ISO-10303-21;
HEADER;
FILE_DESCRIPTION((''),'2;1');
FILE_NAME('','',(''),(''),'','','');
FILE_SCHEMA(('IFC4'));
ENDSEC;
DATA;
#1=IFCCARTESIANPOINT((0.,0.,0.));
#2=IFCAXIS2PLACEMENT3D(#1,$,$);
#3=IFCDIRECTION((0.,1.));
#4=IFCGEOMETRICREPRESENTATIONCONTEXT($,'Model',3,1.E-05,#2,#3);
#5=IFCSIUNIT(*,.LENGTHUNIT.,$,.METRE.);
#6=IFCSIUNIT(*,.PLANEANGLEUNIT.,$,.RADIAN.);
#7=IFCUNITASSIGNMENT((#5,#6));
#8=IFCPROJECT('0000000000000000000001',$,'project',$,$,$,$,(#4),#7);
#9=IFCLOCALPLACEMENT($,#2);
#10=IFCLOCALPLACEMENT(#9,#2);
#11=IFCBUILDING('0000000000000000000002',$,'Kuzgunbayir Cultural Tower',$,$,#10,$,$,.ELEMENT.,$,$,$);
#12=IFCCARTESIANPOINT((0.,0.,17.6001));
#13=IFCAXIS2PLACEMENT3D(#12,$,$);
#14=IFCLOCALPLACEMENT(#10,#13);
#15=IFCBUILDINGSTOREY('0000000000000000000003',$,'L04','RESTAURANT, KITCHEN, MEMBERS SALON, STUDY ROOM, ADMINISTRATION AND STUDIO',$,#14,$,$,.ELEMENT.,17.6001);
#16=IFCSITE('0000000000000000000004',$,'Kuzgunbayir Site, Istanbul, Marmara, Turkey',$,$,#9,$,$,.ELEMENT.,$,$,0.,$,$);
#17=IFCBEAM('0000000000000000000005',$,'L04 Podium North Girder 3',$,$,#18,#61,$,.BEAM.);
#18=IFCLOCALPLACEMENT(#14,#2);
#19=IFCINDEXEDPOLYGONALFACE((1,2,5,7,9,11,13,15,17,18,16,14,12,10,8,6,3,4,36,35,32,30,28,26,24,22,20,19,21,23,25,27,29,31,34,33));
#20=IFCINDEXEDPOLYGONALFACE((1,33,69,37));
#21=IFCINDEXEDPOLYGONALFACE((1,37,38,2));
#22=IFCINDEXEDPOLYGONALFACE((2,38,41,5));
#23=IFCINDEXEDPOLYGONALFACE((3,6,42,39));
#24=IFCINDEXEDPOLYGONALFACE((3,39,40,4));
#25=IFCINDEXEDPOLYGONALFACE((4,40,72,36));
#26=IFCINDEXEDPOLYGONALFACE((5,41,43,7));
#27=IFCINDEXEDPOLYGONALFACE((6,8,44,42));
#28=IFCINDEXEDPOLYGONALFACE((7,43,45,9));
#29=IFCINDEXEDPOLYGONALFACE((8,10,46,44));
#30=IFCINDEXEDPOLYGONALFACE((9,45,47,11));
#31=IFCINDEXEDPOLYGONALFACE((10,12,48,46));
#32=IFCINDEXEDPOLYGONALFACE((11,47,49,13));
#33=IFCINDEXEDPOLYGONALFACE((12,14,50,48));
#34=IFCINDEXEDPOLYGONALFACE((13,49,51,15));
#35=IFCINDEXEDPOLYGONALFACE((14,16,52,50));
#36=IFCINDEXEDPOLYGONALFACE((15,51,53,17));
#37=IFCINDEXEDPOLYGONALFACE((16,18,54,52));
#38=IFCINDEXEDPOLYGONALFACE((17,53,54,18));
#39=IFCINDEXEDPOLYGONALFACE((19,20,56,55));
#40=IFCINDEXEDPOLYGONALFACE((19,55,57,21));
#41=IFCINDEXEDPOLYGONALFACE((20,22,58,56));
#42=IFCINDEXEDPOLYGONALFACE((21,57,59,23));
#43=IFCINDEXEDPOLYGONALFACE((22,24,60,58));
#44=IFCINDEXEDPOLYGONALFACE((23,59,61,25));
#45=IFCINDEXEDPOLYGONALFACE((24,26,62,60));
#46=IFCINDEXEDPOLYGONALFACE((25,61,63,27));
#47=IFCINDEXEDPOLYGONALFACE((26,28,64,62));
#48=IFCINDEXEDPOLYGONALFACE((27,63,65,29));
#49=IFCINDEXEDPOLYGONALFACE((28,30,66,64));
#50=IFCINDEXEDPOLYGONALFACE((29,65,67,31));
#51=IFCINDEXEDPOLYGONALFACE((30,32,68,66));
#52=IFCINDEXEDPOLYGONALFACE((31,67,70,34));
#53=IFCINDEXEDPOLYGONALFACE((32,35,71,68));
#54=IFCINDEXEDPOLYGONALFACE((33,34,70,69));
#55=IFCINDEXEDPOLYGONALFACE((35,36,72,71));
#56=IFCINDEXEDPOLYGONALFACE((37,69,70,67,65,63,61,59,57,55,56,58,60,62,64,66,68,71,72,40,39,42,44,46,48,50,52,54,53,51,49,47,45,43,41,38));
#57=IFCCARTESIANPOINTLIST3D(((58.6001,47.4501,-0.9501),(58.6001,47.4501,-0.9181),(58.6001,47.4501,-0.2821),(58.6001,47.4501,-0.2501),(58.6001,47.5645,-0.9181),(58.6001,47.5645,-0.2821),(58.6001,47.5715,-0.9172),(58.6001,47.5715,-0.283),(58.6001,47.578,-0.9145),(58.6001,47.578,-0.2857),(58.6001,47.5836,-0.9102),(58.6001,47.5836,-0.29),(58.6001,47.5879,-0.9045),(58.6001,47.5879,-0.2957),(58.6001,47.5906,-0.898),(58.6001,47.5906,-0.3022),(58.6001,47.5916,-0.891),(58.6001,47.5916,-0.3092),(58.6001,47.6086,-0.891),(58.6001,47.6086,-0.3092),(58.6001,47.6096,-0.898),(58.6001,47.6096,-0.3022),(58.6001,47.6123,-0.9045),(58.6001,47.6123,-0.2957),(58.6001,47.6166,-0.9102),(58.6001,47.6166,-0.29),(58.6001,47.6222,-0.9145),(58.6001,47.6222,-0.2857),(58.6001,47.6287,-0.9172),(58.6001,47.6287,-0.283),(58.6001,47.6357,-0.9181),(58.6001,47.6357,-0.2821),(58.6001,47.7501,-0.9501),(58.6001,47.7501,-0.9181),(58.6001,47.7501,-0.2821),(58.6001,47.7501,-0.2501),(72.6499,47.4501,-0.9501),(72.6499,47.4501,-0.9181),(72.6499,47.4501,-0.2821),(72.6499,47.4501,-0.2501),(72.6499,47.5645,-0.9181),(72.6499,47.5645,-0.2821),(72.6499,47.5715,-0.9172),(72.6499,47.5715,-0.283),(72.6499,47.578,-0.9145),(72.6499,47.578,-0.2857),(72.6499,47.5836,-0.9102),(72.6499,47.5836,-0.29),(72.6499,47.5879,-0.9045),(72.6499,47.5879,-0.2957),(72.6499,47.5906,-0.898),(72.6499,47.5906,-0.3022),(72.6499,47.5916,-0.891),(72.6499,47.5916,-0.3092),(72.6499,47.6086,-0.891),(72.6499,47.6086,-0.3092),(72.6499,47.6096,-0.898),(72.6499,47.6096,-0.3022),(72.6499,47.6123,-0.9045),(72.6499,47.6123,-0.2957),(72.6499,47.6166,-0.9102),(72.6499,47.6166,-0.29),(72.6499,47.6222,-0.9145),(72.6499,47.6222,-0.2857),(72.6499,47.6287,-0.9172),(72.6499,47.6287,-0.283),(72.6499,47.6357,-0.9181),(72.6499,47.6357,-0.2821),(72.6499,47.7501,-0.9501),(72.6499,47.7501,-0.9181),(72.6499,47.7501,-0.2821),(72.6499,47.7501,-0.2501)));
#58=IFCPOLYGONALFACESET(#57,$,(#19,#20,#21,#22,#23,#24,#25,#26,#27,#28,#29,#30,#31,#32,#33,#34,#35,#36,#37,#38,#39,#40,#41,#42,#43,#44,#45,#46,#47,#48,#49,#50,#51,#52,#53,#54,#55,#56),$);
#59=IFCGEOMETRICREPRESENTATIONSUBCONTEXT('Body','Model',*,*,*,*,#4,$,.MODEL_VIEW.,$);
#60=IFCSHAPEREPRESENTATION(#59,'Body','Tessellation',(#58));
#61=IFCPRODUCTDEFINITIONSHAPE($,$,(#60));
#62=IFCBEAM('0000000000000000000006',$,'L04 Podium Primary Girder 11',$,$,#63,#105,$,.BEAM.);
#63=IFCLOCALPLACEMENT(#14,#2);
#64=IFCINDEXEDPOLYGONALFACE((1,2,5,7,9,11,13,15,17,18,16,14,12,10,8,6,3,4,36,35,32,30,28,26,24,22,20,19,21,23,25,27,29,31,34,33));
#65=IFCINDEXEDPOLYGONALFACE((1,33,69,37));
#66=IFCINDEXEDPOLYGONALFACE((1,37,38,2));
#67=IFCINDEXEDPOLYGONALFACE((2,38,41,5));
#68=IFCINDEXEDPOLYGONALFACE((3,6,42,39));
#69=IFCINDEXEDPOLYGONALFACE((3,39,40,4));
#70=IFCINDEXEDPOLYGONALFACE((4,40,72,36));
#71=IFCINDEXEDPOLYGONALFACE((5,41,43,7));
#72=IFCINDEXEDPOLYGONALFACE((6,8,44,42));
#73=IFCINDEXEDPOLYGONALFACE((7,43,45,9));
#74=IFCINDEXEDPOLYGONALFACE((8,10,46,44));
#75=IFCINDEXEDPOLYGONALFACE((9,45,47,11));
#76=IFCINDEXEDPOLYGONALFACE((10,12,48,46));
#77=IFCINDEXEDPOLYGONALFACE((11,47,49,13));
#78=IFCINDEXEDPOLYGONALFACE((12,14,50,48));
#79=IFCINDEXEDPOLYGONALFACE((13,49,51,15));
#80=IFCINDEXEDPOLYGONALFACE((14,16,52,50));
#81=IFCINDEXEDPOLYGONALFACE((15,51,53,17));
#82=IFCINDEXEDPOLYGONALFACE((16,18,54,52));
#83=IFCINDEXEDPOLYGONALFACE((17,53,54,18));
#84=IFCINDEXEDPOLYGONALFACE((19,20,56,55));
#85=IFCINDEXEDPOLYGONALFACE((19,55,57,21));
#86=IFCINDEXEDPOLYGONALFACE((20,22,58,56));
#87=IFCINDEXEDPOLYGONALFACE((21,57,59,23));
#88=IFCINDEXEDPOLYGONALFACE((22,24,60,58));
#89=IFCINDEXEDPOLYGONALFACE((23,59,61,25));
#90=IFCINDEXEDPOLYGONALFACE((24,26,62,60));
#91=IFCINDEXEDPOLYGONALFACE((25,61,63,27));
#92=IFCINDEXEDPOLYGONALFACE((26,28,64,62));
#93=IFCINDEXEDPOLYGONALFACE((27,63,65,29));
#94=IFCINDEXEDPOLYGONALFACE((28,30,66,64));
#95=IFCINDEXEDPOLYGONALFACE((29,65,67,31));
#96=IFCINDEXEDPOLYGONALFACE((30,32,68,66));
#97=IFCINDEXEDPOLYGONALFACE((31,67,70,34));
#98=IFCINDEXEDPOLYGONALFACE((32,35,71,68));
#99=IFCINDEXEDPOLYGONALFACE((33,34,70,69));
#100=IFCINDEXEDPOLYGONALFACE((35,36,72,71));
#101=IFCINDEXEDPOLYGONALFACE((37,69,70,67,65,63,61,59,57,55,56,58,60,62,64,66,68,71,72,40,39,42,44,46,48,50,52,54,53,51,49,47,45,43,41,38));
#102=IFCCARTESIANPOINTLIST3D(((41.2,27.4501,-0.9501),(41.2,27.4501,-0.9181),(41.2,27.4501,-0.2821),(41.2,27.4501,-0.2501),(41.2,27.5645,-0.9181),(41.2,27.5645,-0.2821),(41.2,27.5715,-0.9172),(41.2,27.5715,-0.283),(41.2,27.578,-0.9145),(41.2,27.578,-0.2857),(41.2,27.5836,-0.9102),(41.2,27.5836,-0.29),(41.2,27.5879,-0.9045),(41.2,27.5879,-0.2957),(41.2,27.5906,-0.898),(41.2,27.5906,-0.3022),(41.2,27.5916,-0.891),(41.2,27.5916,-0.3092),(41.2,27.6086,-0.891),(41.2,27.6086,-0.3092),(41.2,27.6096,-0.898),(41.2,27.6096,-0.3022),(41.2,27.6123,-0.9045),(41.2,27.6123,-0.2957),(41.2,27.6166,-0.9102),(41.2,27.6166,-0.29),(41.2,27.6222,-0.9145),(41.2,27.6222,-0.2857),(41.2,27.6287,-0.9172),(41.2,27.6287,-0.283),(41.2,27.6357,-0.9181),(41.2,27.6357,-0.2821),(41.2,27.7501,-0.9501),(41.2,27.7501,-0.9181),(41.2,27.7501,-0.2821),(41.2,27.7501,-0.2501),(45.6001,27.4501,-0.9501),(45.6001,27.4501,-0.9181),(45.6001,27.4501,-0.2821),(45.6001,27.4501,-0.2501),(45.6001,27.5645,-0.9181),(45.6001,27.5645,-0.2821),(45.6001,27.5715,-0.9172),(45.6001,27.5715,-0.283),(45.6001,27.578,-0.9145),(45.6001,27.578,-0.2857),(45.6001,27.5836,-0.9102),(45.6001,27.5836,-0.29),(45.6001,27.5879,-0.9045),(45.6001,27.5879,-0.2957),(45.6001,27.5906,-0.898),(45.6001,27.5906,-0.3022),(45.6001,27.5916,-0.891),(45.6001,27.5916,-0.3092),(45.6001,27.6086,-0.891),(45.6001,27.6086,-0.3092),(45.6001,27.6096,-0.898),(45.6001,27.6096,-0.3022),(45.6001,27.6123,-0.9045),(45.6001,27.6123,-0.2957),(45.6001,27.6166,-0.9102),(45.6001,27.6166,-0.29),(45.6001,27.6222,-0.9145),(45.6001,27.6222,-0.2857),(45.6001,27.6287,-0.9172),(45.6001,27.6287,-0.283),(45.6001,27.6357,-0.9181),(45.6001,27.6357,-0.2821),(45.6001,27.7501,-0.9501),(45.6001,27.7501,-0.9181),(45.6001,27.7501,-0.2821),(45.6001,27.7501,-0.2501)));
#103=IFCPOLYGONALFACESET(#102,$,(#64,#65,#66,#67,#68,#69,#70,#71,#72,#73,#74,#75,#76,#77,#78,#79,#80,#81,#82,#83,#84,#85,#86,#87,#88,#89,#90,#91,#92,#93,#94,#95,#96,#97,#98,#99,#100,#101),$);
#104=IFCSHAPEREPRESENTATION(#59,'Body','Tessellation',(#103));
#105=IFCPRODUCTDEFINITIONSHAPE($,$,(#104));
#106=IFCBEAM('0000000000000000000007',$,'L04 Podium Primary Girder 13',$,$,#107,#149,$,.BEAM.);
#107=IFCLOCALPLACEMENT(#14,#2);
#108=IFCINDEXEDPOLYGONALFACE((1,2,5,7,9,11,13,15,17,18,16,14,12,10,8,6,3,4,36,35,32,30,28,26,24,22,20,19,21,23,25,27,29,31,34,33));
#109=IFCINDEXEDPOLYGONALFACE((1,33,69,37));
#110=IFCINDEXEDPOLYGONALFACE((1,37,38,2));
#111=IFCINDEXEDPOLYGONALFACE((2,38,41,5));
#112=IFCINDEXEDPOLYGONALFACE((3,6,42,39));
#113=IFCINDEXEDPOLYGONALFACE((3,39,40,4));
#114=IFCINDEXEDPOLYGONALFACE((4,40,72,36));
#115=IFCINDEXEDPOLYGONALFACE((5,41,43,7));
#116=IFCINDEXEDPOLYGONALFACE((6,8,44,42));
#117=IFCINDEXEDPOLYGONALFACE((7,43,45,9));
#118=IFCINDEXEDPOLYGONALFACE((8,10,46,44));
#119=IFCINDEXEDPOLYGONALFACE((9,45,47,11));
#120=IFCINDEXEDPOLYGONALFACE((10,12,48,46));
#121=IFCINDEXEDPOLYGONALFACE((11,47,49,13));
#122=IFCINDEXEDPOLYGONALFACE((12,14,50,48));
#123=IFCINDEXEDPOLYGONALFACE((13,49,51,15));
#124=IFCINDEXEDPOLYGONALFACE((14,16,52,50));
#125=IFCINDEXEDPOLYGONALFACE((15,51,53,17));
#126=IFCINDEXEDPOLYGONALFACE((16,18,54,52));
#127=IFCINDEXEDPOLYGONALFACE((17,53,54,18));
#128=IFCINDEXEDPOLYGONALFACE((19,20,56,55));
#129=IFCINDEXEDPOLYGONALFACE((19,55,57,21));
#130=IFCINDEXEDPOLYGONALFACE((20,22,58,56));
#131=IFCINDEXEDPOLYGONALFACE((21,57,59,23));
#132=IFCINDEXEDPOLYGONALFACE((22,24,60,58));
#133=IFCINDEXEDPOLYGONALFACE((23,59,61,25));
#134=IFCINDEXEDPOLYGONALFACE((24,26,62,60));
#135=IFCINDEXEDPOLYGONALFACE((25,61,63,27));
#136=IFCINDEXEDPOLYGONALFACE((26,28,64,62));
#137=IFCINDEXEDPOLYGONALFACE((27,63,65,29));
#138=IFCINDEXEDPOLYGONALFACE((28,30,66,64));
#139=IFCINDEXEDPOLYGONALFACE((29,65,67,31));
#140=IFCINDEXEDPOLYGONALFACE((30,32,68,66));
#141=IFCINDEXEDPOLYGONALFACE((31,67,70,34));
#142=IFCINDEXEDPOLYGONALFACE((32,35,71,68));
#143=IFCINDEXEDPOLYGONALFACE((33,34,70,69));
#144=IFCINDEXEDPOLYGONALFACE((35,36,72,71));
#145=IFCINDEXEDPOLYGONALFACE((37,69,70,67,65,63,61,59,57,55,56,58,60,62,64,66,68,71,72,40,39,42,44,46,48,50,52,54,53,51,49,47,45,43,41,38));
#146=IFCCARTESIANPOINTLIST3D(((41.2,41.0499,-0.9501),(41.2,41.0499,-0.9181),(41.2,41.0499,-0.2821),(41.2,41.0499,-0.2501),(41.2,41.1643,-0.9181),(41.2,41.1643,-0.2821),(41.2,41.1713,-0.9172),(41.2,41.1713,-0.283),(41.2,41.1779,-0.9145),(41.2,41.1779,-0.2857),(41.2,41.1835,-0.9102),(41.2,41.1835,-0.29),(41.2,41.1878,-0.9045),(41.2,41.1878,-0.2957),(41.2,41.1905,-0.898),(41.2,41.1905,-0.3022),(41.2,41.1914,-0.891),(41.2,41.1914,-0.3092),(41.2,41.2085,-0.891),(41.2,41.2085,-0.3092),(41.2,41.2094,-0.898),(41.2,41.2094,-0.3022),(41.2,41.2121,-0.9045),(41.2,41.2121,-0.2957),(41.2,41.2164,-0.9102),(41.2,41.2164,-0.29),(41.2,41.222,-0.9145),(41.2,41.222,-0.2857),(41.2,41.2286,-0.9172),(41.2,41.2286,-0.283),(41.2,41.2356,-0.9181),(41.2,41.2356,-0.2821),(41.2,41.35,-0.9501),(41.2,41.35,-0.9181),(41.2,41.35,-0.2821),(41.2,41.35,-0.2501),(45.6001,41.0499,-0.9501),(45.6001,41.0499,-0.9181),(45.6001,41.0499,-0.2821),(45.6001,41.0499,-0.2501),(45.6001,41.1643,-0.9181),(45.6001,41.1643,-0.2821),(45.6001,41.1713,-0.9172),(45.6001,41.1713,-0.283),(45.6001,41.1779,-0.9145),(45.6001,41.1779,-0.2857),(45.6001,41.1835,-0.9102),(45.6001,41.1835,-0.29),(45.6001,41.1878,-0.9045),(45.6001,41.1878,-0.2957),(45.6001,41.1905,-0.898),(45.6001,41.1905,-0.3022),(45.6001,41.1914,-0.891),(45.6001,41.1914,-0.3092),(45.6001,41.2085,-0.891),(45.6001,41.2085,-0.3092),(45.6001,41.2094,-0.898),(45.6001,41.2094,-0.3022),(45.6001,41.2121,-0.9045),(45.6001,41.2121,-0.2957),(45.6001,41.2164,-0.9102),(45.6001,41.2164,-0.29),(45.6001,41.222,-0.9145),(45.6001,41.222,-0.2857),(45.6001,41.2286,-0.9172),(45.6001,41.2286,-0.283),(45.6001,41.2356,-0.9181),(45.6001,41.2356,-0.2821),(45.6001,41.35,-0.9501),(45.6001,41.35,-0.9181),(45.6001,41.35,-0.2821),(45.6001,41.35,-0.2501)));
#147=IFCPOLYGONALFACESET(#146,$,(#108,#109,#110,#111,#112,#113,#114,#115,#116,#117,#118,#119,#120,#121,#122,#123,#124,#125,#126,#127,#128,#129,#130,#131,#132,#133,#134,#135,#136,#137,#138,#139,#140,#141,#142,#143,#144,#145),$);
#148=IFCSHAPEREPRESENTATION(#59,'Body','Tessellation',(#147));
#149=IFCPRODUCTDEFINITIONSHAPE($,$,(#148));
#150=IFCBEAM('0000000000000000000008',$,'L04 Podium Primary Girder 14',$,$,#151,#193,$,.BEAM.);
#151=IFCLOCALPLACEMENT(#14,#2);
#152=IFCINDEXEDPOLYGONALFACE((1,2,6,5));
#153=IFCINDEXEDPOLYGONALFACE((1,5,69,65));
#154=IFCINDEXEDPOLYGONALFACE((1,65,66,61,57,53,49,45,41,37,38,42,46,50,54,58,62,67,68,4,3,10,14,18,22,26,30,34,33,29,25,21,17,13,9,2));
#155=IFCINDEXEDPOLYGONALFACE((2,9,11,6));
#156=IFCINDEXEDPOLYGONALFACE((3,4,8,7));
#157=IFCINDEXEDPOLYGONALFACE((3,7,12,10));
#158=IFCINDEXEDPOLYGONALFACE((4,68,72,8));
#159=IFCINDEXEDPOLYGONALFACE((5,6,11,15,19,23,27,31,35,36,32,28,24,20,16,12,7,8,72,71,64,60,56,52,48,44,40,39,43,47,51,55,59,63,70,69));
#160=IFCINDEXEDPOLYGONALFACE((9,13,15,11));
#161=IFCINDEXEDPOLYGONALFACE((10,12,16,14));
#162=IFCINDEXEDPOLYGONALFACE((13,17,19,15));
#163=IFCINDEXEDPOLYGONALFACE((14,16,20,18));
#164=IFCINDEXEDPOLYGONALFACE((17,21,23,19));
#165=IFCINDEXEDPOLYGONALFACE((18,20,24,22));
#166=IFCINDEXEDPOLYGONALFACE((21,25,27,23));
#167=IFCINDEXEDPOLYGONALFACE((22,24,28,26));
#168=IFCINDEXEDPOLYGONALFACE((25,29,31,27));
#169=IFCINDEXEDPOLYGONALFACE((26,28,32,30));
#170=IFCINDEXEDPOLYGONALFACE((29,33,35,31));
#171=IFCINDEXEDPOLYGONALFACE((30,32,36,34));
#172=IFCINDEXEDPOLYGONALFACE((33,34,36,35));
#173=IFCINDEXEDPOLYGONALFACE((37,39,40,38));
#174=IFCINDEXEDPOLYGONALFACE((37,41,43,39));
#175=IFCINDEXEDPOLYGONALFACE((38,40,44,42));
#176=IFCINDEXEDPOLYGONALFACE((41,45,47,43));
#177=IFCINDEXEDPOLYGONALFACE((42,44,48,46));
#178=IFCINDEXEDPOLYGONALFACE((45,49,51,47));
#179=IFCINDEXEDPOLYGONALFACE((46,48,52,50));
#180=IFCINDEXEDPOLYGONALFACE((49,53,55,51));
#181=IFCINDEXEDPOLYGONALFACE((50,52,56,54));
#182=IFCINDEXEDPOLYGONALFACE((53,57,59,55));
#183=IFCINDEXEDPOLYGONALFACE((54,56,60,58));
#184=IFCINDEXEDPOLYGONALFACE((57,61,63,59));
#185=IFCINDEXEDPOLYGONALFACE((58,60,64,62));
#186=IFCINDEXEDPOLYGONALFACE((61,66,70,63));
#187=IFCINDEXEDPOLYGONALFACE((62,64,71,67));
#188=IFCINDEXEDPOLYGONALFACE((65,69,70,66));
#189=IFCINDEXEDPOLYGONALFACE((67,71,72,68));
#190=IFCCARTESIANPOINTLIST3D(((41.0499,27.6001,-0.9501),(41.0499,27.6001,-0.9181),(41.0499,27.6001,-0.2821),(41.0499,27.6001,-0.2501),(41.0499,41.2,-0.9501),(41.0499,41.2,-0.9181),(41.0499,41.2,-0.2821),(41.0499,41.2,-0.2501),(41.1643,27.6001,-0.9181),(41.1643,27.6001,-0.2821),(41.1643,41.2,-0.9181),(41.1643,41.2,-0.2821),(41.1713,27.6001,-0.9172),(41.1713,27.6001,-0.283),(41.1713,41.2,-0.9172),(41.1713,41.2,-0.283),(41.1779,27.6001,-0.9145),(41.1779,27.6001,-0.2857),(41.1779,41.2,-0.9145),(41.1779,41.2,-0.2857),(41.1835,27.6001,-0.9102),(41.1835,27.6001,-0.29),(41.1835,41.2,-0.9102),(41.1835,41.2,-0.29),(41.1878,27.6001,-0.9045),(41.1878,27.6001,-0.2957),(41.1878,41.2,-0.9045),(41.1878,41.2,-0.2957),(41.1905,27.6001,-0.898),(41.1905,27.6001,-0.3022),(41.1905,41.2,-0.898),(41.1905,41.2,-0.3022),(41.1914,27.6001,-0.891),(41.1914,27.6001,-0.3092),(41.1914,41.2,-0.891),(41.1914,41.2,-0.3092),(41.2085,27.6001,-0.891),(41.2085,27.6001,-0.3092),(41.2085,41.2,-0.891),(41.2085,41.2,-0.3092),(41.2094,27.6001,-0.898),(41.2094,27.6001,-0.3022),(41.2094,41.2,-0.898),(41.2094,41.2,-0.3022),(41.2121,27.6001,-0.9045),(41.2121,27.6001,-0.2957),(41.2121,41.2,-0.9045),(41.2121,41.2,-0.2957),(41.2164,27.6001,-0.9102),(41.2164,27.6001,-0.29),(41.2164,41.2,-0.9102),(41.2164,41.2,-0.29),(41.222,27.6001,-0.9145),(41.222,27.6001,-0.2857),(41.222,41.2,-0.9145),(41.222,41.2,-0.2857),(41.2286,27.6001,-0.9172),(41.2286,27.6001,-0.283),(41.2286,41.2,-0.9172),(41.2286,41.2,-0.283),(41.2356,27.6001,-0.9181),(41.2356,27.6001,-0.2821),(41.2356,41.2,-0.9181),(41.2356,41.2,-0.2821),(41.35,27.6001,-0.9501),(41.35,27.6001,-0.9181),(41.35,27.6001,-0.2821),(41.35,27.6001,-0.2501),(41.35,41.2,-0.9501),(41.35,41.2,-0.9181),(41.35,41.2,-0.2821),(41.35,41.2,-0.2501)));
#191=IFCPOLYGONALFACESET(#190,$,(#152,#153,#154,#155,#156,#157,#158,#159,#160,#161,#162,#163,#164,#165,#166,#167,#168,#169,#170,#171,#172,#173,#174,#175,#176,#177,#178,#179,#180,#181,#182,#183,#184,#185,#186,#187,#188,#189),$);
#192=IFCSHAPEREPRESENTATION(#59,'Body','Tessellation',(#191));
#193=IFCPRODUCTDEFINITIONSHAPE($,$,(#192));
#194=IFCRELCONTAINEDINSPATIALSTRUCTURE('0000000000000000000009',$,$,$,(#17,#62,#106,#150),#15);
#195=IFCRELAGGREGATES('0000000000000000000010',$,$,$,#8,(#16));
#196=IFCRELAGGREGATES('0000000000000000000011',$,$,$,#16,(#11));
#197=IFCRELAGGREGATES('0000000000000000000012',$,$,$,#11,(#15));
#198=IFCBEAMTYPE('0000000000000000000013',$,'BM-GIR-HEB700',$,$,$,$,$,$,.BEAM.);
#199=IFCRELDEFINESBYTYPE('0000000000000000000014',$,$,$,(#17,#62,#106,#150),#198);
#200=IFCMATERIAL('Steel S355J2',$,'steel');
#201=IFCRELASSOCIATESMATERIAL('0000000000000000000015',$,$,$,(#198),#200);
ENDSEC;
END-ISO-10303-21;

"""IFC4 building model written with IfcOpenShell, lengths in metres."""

from ifc_helpers import new_model, si_unit, direction, frame, origin, origin_2d, place, context, subcontext, project, spatial, i_section, extrude, material, material_profile, profile_set, type_object, element, save


model = new_model("IFC4")

# Units and contexts
model_context = context("Model", 3, precision=1e-05, world=origin(), true_north=direction((0.0, 1.0)))
body_context = subcontext(model_context, "Body", "Model", "MODEL_VIEW")
ifc_project = project(units=[si_unit("LENGTHUNIT", "METRE"), si_unit("PLANEANGLEUNIT", "RADIAN")], contexts=[model_context])

# Site, building, storey
site_placement = place(None, origin())
site = spatial("IfcSite", under=ifc_project, at=site_placement, Name="Kuzgunbayir Site, Istanbul, Marmara, Turkey", CompositionType="ELEMENT", RefElevation=0.0)
building_placement = place(site_placement, origin())
building = spatial("IfcBuilding", under=site, at=building_placement, Name="Kuzgunbayir Cultural Tower", CompositionType="ELEMENT")
storey_placement = place(building_placement, frame((0.0, 0.0, 17.6001)))
storey = spatial("IfcBuildingStorey", under=building, at=storey_placement, Name="L04", Description="RESTAURANT, KITCHEN, MEMBERS SALON, STUDY ROOM, ADMINISTRATION AND STUDIO", CompositionType="ELEMENT", Elevation=17.6001)

# Beams
ifc_material_1 = material(Name="Steel S355J2", Category="steel")
ifc_material_profile_1 = material_profile(ifc_material_1, i_section(OverallWidth=0.3, OverallDepth=0.7, WebThickness=0.0171, FlangeThickness=0.032, FilletRadius=0.0271, at=origin_2d()), Name="HEB 700")
ifc_profile_set_1 = profile_set([ifc_material_profile_1], Name="Steel S355J2")
beam_type_1 = type_object("IfcBeamType", Name="BM-GIR-HEB700", PredefinedType="BEAM", material=ifc_profile_set_1)
beam_1_placement = place(storey_placement, frame((58.6001, 47.6001, -0.6001), z_axis=(1.0, 0.0, 0.0), x_axis=(0.0, 1.0, 0.0)))
element("IfcBeam", 1, at=beam_1_placement, inside=storey, type_object=beam_type_1, Name="L04 Podium North Girder 3", PredefinedType="BEAM", context=body_context, shape_type="SweptSolid", body=[
    extrude(i_section(OverallWidth=0.3, OverallDepth=0.7, WebThickness=0.0171, FlangeThickness=0.032, FilletRadius=0.0271, at=origin_2d()), origin(), (0.0, 0.0, 1.0), 14.0498),
])
for number, where, z_axis, x_axis, name in (
    (2, (41.2, 27.6001, -0.6001), (1.0, 0.0, 0.0), (0.0, 1.0, 0.0), "L04 Podium Primary Girder 11"),
    (3, (41.2, 41.2, -0.6001), (1.0, 0.0, 0.0), (0.0, 1.0, 0.0), "L04 Podium Primary Girder 13"),
):
    element("IfcBeam", number, at=place(storey_placement, frame(where, z_axis=z_axis, x_axis=x_axis)), inside=storey, type_object=beam_type_1, Name=name, PredefinedType="BEAM", context=body_context, shape_type="SweptSolid", body=[
        extrude(i_section(OverallWidth=0.3, OverallDepth=0.7, WebThickness=0.0171, FlangeThickness=0.032, FilletRadius=0.0271, at=origin_2d()), origin(), (0.0, 0.0, 1.0), 4.4001),
    ])
for number, where, z_axis, x_axis, name in (
    (4, (41.2, 27.6001, -0.6001), (0.0, 1.0, 0.0), (-1.0, 0.0, 0.0), "L04 Podium Primary Girder 14"),
):
    element("IfcBeam", number, at=place(storey_placement, frame(where, z_axis=z_axis, x_axis=x_axis)), inside=storey, type_object=beam_type_1, Name=name, PredefinedType="BEAM", context=body_context, shape_type="SweptSolid", body=[
        extrude(i_section(OverallWidth=0.3, OverallDepth=0.7, WebThickness=0.0171, FlangeThickness=0.032, FilletRadius=0.0271, at=origin_2d()), origin(), (0.0, 0.0, 1.0), 13.5999),
    ])

save(model, "model.ifc")
